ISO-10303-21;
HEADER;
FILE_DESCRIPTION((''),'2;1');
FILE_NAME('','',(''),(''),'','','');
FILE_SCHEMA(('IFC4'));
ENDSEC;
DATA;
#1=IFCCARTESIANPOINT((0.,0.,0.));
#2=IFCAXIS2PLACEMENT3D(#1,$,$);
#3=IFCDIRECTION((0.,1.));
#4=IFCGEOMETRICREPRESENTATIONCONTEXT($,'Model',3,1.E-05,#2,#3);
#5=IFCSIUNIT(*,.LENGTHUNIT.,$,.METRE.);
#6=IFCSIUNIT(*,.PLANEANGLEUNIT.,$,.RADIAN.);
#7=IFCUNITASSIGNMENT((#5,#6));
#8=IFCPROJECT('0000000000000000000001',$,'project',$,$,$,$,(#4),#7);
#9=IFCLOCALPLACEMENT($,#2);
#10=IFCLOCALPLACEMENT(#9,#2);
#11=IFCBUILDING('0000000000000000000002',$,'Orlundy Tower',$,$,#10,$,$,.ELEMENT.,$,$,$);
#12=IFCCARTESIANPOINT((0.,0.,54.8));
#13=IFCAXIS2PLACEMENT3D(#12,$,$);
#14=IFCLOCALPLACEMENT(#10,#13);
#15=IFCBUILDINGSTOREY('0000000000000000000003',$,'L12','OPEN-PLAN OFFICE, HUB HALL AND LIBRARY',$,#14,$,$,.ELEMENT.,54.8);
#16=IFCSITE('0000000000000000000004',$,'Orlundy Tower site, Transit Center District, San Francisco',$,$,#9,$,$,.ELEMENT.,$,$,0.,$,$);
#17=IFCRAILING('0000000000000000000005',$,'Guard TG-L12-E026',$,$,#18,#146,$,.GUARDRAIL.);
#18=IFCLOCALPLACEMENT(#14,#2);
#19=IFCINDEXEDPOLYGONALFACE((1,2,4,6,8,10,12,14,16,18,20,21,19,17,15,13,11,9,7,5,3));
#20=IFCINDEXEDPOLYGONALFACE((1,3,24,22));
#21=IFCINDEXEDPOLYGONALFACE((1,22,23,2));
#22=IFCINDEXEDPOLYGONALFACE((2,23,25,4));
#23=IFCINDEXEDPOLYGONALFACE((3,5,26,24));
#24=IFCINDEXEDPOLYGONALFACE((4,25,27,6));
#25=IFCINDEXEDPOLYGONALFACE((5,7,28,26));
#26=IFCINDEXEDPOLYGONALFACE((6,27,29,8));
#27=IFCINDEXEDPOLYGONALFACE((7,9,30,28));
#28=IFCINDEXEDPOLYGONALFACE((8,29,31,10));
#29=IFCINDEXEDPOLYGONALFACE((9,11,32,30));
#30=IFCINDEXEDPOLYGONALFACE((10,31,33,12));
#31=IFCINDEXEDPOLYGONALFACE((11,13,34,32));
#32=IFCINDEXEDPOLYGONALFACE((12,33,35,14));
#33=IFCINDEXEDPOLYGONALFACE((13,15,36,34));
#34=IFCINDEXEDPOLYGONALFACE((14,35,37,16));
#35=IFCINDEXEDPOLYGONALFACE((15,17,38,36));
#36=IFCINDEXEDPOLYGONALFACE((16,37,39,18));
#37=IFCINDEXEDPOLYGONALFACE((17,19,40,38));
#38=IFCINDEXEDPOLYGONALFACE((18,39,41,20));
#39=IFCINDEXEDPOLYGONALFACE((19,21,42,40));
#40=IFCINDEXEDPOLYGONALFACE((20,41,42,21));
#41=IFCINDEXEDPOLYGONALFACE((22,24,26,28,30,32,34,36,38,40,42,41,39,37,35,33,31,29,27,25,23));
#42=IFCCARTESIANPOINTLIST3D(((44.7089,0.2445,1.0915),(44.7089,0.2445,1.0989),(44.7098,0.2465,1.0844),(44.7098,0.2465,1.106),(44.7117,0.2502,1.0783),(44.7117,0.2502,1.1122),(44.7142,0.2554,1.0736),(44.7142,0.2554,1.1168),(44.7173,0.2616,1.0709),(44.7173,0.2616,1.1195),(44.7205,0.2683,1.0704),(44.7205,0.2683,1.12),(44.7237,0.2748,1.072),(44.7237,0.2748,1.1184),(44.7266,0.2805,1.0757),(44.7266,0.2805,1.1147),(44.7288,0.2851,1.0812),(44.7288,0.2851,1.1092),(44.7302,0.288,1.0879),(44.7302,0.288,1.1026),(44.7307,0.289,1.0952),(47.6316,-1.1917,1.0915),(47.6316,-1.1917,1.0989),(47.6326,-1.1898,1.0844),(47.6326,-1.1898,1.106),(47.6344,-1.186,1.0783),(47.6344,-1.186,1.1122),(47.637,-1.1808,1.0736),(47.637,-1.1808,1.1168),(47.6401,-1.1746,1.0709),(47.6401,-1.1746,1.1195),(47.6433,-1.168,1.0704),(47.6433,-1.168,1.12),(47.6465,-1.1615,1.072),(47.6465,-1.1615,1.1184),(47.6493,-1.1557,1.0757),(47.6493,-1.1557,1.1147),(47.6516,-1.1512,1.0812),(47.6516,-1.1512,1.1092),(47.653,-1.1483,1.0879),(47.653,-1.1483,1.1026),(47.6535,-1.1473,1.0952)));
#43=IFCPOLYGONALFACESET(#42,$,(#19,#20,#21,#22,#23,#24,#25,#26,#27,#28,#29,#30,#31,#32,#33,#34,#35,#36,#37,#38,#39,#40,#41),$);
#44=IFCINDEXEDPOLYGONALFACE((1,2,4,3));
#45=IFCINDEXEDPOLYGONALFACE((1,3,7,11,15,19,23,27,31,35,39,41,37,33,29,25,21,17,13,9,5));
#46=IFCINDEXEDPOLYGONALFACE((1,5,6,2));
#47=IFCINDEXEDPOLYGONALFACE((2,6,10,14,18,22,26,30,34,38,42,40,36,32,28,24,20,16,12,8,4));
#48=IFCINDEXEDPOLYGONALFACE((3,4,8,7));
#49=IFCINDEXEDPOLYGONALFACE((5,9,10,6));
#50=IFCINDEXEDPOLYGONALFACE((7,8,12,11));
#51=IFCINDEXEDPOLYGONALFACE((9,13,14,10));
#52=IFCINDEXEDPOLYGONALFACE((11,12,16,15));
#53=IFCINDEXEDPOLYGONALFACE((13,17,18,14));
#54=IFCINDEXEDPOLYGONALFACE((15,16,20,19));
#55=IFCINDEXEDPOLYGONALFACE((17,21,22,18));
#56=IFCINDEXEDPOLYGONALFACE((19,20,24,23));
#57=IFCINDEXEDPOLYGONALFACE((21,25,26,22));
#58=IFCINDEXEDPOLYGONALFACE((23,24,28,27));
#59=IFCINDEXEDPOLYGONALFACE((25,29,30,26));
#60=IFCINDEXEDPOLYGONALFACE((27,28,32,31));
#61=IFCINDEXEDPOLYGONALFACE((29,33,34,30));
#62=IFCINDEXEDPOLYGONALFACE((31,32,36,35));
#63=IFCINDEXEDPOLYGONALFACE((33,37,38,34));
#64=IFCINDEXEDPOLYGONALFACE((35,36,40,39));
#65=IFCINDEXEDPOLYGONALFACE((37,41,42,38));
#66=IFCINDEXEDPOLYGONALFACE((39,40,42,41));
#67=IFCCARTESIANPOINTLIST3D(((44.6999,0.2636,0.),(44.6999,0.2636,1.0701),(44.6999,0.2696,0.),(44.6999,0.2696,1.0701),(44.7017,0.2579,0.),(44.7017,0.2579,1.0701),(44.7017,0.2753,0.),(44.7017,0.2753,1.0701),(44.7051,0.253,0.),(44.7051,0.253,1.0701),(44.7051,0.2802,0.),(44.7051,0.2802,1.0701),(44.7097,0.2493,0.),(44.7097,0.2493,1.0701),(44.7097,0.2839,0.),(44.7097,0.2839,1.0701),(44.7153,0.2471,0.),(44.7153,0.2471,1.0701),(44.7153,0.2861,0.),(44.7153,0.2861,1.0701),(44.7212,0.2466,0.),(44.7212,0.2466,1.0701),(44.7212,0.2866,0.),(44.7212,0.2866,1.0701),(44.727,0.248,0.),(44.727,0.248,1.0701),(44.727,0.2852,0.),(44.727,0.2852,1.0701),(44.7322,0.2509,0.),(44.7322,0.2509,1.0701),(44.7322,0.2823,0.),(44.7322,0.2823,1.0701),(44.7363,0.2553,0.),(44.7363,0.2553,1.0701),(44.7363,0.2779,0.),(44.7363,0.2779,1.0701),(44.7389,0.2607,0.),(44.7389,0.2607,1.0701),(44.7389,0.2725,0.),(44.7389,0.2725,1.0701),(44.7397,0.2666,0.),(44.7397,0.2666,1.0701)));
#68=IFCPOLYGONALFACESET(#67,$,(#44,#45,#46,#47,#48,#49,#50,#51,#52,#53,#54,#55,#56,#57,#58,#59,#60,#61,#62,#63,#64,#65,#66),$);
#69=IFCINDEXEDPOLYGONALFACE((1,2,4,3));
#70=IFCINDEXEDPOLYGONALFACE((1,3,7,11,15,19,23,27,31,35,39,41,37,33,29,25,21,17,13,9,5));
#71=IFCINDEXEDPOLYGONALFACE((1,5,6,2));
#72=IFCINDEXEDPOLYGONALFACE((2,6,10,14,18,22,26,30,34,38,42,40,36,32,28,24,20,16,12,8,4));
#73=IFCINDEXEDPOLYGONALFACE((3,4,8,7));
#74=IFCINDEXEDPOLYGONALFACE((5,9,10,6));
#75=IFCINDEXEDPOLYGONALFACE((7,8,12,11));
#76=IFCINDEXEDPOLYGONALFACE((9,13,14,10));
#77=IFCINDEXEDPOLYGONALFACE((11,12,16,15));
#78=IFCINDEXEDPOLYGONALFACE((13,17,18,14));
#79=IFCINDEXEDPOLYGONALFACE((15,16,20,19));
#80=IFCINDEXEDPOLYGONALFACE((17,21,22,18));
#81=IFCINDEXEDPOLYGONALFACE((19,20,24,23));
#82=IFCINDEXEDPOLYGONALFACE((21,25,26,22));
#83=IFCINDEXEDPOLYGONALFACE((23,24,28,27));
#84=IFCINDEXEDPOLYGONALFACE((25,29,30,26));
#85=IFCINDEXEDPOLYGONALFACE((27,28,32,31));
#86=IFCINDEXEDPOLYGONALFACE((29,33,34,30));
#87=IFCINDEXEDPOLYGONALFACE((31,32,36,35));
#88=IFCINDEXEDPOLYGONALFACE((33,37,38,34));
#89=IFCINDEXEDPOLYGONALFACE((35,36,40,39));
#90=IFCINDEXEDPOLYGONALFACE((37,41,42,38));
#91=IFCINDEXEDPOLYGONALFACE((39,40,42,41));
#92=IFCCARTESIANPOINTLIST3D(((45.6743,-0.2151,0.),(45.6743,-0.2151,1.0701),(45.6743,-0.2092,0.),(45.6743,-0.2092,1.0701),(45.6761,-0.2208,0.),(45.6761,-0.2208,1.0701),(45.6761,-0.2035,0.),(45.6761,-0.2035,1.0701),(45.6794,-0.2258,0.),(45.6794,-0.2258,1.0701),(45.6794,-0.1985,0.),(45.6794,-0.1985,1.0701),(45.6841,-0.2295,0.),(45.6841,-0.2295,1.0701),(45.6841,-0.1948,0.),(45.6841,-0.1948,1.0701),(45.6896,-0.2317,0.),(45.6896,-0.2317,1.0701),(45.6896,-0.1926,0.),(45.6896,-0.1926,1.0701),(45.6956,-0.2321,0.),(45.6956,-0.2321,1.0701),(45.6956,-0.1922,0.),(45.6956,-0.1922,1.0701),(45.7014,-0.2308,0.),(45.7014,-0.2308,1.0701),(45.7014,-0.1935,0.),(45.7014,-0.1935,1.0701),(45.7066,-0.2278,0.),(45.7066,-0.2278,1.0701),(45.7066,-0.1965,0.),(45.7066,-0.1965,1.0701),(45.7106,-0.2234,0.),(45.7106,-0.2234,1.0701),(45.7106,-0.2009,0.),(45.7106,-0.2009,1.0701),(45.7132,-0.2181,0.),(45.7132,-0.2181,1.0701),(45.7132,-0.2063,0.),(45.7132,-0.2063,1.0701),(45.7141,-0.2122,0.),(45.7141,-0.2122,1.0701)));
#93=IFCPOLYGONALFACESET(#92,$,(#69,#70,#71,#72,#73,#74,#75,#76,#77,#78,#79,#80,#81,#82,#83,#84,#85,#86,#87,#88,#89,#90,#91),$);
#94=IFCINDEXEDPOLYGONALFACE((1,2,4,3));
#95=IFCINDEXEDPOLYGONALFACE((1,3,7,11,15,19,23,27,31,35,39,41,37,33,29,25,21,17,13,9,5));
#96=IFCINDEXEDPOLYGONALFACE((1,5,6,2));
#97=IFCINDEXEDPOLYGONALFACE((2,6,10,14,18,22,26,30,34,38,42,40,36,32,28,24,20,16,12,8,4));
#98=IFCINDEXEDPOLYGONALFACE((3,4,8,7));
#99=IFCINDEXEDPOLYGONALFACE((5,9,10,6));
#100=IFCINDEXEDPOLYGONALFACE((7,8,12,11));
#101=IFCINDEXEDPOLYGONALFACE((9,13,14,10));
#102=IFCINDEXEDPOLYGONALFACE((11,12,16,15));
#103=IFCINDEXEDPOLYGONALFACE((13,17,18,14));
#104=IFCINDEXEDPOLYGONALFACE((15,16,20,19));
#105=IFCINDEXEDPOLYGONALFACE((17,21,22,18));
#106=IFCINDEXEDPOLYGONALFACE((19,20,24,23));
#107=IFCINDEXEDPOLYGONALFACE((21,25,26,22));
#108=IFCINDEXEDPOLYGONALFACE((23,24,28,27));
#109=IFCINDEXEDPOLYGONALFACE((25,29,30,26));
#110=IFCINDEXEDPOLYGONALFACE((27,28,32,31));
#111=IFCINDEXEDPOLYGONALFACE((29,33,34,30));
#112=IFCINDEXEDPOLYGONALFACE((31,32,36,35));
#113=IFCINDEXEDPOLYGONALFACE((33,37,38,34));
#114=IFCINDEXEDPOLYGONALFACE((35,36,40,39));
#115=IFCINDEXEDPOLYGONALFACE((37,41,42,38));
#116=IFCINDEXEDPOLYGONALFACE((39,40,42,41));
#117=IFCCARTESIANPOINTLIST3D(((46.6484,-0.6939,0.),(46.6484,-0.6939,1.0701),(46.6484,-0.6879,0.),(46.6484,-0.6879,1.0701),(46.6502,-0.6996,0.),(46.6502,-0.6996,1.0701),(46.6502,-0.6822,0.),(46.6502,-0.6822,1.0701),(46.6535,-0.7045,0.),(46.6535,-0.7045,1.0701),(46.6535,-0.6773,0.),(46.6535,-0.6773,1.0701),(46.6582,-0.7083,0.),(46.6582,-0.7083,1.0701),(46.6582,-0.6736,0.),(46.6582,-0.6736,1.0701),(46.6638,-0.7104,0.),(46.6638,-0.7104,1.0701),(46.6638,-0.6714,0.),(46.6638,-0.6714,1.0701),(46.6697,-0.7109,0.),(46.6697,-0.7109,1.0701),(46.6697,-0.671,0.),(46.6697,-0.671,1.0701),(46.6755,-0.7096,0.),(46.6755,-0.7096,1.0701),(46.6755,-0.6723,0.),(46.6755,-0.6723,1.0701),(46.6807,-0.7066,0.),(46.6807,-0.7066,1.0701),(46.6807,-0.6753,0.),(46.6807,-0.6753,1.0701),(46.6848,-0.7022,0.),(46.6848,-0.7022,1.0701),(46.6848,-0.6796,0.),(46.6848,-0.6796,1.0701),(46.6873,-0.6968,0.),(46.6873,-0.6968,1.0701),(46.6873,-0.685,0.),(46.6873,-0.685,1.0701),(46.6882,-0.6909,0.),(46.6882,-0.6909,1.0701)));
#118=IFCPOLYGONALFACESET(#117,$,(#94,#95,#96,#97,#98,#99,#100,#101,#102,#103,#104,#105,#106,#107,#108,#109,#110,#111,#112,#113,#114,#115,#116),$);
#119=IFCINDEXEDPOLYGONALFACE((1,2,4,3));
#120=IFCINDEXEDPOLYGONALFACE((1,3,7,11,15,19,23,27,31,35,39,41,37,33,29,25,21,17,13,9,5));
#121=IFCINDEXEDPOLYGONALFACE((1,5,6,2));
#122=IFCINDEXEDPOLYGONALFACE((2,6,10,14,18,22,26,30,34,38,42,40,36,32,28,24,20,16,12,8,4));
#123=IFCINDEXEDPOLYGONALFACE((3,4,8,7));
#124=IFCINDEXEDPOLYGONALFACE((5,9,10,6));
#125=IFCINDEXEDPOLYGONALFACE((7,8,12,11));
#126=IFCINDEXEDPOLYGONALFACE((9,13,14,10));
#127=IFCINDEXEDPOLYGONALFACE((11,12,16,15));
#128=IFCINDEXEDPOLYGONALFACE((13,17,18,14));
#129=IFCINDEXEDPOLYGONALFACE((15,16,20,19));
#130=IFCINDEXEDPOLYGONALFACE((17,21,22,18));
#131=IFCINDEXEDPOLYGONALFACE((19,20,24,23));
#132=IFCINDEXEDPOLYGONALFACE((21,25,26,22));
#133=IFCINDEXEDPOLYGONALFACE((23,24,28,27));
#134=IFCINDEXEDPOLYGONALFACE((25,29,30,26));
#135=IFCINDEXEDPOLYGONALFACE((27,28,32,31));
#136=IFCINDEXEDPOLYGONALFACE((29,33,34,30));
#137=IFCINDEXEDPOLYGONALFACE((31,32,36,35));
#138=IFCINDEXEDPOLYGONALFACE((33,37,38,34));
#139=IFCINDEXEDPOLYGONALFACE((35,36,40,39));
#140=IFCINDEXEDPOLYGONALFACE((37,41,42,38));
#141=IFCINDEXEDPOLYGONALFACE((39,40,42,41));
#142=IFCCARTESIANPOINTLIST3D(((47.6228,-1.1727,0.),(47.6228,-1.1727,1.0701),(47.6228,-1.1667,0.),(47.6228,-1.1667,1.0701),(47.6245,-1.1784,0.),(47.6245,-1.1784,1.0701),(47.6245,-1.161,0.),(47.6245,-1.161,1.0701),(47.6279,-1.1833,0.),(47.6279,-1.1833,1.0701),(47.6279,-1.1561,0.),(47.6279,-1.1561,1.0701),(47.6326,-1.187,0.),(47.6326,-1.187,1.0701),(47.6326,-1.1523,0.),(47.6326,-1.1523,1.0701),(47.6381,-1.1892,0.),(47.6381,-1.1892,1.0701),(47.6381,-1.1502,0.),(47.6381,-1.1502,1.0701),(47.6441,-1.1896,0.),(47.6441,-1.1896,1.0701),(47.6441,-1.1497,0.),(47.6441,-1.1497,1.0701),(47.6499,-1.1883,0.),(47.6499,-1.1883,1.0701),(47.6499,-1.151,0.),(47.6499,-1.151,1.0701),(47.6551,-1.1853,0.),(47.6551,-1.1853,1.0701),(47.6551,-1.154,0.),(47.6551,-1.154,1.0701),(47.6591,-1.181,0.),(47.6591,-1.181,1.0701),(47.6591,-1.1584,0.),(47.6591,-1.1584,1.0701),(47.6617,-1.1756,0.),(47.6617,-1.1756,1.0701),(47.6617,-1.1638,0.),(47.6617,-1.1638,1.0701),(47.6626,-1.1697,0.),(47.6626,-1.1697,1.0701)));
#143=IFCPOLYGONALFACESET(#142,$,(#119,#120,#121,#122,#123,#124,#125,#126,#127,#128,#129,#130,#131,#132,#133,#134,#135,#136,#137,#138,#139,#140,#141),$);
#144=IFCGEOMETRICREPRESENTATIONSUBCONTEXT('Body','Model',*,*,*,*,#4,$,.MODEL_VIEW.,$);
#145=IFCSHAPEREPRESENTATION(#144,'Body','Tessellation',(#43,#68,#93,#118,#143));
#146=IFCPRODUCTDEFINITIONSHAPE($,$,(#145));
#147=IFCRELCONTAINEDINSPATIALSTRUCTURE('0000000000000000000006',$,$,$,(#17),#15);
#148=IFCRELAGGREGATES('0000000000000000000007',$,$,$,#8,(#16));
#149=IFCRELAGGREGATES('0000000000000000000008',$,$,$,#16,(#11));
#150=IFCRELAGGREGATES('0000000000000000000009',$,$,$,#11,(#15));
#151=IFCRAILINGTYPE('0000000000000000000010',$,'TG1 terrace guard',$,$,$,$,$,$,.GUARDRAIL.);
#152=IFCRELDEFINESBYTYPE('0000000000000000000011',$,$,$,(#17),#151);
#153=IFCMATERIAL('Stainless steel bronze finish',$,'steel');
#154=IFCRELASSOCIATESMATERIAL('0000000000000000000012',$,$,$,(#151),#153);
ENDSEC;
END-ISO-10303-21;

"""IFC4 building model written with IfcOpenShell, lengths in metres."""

from ifc_helpers import new_model, si_unit, direction, frame, origin, origin_2d, place, context, subcontext, project, spatial, circle, extrude, material, type_object, element, save


model = new_model("IFC4")

# Units and contexts
model_context = context("Model", 3, precision=1e-05, world=origin(), true_north=direction((0.0, 1.0)))
body_context = subcontext(model_context, "Body", "Model", "MODEL_VIEW")
ifc_project = project(units=[si_unit("LENGTHUNIT", "METRE"), si_unit("PLANEANGLEUNIT", "RADIAN")], contexts=[model_context])

# Site, building, storey
site_placement = place(None, origin())
site = spatial("IfcSite", under=ifc_project, at=site_placement, Name="Orlundy Tower site, Transit Center District, San Francisco", CompositionType="ELEMENT", RefElevation=0.0)
building_placement = place(site_placement, origin())
building = spatial("IfcBuilding", under=site, at=building_placement, Name="Orlundy Tower", CompositionType="ELEMENT")
storey_placement = place(building_placement, frame((0.0, 0.0, 54.8)))
storey = spatial("IfcBuildingStorey", under=building, at=storey_placement, Name="L12", Description="OPEN-PLAN OFFICE, HUB HALL AND LIBRARY", CompositionType="ELEMENT", Elevation=54.8)

# Railing
ifc_material_1 = material(Name="Stainless steel bronze finish", Category="steel")
railing_type = type_object("IfcRailingType", Name="TG1 terrace guard", PredefinedType="GUARDRAIL", material=ifc_material_1)
railing_1_placement = place(storey_placement, frame((44.7197, 0.2666, 0.0)))
element("IfcRailing", 1, at=railing_1_placement, inside=storey, type_object=railing_type, Name="Guard TG-L12-E026", PredefinedType="GUARDRAIL", context=body_context, shape_type="SweptSolid", body=[
    extrude(circle(Radius=0.0249, at=origin_2d()), frame((0.0, 0.0, 1.0952), z_axis=(0.897494, -0.441026, 0.0), x_axis=(0.441026, 0.897494, 0.0)), (0.0, 0.0, 1.0), 3.2566),
    extrude(circle(Radius=0.02, at=origin_2d()), origin(), (0.0, 0.0, 1.0), 1.0701),
    extrude(circle(Radius=0.02, at=origin_2d()), frame((0.9744, -0.4788, 0.0)), (0.0, 0.0, 1.0), 1.0701),
    extrude(circle(Radius=0.02, at=origin_2d()), frame((1.9485, -0.9575, 0.0)), (0.0, 0.0, 1.0), 1.0701),
    extrude(circle(Radius=0.02, at=origin_2d()), frame((2.9229, -1.4363, 0.0)), (0.0, 0.0, 1.0), 1.0701),
])

save(model, "model.ifc")
